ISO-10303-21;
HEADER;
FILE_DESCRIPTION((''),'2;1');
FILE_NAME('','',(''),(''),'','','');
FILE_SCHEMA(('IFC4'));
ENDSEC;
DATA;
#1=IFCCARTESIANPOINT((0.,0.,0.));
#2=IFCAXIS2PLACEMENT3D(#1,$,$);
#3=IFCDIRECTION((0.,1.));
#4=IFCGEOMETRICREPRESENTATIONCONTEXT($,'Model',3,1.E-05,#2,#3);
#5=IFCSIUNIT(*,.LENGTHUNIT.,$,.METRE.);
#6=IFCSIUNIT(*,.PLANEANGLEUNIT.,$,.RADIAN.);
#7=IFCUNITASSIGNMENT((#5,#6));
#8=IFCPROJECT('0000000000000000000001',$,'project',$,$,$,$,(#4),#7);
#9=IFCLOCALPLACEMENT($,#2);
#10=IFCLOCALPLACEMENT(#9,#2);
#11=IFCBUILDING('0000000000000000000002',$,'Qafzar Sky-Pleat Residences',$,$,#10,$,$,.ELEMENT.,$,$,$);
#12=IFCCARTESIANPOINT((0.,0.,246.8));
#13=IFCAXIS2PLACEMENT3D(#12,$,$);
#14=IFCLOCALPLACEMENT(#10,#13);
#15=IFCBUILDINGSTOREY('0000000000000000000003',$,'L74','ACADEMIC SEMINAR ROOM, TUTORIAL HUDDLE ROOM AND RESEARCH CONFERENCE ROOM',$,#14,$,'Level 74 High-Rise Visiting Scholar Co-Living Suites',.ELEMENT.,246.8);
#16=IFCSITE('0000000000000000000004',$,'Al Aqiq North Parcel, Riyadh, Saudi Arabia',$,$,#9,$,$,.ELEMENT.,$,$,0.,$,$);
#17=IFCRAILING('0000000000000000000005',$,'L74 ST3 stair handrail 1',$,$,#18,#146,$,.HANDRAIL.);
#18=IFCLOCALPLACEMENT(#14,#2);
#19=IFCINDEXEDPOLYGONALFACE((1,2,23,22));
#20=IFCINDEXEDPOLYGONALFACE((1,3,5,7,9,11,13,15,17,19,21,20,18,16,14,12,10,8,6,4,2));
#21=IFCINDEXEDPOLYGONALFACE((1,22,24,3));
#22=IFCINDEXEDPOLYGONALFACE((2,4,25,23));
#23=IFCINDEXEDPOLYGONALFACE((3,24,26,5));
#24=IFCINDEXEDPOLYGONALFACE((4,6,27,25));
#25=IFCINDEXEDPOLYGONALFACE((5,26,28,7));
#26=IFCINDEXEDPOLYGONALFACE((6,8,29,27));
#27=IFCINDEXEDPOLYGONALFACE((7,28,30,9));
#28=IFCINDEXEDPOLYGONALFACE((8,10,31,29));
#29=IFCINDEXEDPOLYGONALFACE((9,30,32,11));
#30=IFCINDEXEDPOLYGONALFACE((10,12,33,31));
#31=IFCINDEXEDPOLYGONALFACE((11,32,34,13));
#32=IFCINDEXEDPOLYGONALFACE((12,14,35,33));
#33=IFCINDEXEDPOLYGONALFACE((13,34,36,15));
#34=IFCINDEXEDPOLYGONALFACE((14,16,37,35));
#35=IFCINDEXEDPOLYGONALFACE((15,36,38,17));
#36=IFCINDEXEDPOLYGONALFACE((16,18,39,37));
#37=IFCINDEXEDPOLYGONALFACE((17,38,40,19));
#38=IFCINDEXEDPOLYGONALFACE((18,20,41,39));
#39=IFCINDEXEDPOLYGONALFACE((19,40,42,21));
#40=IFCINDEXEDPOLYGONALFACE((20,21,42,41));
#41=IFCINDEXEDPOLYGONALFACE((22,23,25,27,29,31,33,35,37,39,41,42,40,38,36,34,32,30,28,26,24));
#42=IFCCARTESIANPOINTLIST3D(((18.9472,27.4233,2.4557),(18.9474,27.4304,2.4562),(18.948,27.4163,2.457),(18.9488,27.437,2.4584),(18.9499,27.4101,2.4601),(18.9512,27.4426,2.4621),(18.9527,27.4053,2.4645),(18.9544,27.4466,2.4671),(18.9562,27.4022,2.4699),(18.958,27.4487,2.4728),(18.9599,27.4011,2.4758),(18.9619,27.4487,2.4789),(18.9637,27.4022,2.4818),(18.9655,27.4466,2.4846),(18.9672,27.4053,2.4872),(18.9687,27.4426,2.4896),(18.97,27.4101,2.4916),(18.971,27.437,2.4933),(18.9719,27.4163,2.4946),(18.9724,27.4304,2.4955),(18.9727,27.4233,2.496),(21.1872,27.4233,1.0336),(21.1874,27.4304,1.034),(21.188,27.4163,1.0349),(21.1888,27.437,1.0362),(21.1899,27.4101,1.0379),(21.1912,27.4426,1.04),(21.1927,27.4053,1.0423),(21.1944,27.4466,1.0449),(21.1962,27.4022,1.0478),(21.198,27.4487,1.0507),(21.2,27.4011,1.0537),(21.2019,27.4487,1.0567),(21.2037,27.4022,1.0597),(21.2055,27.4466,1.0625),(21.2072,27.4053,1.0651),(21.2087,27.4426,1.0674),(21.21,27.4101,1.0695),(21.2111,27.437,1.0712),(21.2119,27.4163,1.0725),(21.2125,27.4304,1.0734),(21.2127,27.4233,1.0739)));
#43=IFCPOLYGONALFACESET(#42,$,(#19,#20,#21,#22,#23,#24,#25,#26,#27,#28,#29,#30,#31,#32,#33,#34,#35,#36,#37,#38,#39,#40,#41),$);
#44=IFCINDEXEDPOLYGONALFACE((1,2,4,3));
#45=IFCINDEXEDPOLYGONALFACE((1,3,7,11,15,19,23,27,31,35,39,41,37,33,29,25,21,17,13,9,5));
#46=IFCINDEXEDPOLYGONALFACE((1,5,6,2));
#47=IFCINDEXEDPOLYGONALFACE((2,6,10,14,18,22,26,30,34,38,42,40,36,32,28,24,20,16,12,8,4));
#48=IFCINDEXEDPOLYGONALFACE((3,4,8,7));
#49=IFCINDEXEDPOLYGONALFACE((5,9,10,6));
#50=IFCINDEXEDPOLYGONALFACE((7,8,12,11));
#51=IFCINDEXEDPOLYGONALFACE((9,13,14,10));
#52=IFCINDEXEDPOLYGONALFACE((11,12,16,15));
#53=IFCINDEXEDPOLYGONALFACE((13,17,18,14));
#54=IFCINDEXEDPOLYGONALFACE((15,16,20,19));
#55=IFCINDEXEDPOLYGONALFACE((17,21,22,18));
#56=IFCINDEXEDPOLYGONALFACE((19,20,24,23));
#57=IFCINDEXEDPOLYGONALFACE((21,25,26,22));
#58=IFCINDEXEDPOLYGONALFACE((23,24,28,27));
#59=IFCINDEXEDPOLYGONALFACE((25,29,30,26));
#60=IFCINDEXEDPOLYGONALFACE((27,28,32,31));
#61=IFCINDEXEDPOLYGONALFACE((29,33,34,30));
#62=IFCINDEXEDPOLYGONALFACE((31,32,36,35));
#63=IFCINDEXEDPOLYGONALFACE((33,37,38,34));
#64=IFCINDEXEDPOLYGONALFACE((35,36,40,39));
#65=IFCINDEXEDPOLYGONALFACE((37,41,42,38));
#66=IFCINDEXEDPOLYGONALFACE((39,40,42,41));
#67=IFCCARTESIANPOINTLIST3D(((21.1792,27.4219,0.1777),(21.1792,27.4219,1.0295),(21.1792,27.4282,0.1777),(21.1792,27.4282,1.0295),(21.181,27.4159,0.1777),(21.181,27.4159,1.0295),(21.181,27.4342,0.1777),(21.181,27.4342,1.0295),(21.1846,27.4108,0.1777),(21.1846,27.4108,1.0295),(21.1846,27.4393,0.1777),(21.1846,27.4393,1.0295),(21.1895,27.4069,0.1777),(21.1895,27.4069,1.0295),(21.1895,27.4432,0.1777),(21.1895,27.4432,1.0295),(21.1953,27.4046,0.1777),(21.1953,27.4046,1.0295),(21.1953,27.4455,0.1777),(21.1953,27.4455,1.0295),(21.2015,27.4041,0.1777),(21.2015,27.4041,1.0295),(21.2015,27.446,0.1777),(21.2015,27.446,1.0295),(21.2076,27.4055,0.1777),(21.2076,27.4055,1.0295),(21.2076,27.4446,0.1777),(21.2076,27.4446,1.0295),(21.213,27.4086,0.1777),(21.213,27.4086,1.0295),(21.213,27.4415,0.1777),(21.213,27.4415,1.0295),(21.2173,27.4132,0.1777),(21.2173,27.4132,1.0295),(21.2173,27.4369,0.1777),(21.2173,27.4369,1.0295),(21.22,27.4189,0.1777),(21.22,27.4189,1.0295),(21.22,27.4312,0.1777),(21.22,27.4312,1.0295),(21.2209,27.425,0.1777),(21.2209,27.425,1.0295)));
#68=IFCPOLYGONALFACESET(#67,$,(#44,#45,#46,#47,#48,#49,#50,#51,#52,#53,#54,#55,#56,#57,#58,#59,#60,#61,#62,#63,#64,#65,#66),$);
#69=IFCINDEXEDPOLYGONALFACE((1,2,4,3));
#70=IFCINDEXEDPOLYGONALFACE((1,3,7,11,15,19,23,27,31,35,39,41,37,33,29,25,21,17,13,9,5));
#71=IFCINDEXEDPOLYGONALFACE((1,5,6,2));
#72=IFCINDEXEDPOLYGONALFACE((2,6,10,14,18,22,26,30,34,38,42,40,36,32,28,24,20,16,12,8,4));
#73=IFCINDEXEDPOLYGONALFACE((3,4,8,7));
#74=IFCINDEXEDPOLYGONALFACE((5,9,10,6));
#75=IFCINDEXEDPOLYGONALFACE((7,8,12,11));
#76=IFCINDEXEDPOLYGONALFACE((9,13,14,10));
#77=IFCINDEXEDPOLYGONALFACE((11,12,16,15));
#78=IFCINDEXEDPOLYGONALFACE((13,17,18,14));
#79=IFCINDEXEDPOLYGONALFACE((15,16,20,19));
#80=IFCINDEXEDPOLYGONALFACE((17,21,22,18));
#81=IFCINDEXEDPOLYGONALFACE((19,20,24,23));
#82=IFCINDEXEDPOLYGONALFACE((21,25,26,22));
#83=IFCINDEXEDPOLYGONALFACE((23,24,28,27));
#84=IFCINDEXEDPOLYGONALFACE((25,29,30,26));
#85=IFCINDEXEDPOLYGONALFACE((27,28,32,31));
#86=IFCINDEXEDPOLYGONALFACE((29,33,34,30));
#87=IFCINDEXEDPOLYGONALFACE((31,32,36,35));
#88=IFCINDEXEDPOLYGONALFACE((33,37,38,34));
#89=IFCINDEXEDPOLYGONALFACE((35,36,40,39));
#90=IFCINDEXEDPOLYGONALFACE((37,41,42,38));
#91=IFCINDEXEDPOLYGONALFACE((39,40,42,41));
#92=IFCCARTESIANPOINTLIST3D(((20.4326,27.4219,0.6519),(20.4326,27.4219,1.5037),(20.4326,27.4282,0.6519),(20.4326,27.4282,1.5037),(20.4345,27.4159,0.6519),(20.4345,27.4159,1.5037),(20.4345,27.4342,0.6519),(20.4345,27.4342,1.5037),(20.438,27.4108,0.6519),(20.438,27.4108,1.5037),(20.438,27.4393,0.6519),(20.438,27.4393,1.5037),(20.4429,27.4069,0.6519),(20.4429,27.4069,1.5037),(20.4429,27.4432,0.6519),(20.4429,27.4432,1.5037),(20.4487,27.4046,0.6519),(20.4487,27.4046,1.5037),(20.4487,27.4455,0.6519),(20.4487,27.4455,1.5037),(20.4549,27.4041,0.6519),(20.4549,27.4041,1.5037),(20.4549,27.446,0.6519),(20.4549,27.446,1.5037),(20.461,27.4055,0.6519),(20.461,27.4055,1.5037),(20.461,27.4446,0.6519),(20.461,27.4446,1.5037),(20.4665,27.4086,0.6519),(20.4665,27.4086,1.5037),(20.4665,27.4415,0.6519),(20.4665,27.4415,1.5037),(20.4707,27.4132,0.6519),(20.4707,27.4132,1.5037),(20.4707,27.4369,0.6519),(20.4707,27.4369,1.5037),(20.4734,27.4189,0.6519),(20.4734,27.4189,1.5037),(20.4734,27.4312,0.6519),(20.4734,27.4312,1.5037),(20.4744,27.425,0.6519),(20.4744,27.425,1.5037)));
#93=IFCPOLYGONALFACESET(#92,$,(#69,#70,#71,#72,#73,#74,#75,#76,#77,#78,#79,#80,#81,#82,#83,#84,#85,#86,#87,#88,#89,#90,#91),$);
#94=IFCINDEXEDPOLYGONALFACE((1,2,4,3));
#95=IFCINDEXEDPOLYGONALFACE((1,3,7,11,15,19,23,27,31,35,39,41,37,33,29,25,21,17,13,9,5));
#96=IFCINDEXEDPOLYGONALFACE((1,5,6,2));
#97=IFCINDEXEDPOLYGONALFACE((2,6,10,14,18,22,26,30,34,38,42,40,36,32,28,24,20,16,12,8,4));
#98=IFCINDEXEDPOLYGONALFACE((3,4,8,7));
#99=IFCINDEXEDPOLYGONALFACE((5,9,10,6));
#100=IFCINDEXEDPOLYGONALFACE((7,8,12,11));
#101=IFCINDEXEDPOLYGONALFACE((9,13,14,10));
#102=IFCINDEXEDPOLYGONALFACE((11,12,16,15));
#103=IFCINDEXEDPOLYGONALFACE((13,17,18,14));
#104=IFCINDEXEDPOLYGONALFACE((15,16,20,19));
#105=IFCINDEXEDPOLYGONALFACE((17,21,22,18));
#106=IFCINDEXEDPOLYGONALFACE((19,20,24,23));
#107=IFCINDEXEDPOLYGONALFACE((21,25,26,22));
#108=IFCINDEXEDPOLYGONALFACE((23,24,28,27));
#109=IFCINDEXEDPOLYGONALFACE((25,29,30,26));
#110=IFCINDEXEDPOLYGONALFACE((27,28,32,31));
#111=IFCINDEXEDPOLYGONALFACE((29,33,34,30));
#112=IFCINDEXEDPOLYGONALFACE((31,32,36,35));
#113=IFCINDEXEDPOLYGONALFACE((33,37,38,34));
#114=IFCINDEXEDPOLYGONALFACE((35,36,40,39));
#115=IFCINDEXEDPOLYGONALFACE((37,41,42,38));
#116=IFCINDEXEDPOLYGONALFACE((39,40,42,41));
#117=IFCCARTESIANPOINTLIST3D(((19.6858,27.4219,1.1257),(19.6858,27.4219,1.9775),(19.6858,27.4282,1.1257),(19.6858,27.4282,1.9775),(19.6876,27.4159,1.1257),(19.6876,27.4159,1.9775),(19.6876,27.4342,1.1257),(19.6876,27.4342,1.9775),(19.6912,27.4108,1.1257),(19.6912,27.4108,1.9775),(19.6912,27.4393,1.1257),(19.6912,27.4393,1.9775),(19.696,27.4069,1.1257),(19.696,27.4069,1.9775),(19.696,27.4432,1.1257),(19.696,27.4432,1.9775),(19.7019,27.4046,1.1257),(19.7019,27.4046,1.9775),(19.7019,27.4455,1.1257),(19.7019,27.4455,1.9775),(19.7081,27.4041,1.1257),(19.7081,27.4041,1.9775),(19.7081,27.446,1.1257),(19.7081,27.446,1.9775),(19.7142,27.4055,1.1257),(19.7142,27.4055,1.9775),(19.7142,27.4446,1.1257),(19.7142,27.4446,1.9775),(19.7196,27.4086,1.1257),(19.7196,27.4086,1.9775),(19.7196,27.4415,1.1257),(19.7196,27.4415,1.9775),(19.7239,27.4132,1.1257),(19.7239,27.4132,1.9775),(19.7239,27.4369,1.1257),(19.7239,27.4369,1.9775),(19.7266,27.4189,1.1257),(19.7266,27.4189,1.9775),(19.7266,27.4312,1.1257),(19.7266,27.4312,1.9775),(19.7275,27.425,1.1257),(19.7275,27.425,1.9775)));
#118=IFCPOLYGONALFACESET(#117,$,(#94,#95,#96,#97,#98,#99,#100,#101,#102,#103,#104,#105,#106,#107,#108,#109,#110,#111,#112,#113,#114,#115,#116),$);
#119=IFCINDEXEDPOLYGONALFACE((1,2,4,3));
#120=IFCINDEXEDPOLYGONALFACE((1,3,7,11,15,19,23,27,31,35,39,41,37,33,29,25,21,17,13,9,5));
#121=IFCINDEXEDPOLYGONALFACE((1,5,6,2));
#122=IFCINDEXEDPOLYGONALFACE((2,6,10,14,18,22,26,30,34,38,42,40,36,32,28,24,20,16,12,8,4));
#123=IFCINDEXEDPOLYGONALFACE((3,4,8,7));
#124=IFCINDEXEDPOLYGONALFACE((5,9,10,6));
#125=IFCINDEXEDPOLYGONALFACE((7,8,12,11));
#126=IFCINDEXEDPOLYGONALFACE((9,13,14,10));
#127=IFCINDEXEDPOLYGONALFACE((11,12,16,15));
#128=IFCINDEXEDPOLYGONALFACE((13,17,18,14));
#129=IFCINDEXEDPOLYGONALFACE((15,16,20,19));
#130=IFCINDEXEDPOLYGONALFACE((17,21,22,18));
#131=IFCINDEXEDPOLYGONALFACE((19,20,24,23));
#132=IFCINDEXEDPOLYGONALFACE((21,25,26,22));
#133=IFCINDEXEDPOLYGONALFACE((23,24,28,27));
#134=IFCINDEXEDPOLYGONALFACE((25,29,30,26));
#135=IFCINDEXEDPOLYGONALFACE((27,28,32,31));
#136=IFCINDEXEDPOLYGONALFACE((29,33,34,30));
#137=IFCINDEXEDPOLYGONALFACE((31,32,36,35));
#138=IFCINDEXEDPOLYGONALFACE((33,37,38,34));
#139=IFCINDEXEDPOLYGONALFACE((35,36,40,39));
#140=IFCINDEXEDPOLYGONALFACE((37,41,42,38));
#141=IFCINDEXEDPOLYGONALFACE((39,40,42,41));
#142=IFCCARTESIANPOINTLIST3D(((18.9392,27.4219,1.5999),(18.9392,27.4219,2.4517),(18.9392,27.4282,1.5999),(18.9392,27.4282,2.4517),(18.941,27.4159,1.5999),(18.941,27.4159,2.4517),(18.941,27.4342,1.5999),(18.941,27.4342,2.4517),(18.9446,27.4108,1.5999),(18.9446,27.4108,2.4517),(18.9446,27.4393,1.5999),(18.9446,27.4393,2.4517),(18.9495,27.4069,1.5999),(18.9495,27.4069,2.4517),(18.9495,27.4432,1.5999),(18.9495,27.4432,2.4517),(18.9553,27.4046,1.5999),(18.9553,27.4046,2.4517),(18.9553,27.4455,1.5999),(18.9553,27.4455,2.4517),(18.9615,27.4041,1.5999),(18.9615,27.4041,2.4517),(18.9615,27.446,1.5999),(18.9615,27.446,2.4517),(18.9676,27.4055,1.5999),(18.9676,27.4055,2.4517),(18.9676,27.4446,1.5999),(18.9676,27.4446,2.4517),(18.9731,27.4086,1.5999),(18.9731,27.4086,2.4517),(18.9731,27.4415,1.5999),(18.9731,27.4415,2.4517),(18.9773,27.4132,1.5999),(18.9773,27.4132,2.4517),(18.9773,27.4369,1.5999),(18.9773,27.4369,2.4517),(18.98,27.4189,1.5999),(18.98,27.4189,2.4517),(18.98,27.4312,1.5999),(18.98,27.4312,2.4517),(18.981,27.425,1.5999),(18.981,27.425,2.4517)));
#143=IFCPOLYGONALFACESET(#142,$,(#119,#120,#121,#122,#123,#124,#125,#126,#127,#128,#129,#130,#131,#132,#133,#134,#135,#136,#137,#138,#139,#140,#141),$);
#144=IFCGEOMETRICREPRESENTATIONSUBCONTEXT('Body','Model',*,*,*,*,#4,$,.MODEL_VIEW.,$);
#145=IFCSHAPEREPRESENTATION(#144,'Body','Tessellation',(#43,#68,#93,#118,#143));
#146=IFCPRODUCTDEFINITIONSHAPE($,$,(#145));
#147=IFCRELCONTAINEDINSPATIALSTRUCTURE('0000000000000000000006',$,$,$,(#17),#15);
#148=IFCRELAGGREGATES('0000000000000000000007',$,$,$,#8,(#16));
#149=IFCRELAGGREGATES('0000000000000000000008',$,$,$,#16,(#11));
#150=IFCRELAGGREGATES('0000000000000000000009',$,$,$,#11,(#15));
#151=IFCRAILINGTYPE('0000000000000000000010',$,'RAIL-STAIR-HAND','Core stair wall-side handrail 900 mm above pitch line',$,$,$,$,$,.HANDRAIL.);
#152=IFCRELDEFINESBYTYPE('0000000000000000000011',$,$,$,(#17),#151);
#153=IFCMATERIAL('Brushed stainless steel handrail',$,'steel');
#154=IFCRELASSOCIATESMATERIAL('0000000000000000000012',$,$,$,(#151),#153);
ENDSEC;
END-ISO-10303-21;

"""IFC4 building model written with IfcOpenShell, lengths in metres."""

from ifc_helpers import new_model, si_unit, direction, frame, origin, origin_2d, place, context, subcontext, project, spatial, circle, extrude, source, transform, mapped, material, type_object, element, save


model = new_model("IFC4")

# Units and contexts
model_context = context("Model", 3, precision=1e-05, world=origin(), true_north=direction((0.0, 1.0)))
body_context = subcontext(model_context, "Body", "Model", "MODEL_VIEW")
ifc_project = project(units=[si_unit("LENGTHUNIT", "METRE"), si_unit("PLANEANGLEUNIT", "RADIAN")], contexts=[model_context])

# Site, building, storey
site_placement = place(None, origin())
site = spatial("IfcSite", under=ifc_project, at=site_placement, Name="Al Aqiq North Parcel, Riyadh, Saudi Arabia", CompositionType="ELEMENT", RefElevation=0.0)
building_placement = place(site_placement, origin())
building = spatial("IfcBuilding", under=site, at=building_placement, Name="Qafzar Sky-Pleat Residences", CompositionType="ELEMENT")
storey_placement = place(building_placement, frame((0.0, 0.0, 246.8)))
storey = spatial("IfcBuildingStorey", under=building, at=storey_placement, Name="L74", Description="ACADEMIC SEMINAR ROOM, TUTORIAL HUDDLE ROOM AND RESEARCH CONFERENCE ROOM", LongName="Level 74 High-Rise Visiting Scholar Co-Living Suites", CompositionType="ELEMENT", Elevation=246.8)

# Railing
ifc_material_1 = material(Name="Brushed stainless steel handrail", Category="steel")
railing_type_1 = type_object("IfcRailingType", Name="RAIL-STAIR-HAND", Description="Core stair wall-side handrail 900 mm above pitch line", PredefinedType="HANDRAIL", material=ifc_material_1)
shared_shape_1 = source(origin(), body_context, "Body", "SweptSolid", [
    extrude(circle(Radius=0.0239, at=origin_2d()), frame((0.0, 0.0, 0.876), z_axis=(-0.844229, 0.0, 0.535982), x_axis=(0.0, -1.0, 0.0)), (0.0, 0.0, 1.0), 2.6533),
    extrude(circle(Radius=0.021, at=origin_2d()), origin(), (0.0, 0.0, 1.0), 0.8518),
    extrude(circle(Radius=0.021, at=origin_2d()), frame((-0.7466, 0.0, 0.4741)), (0.0, 0.0, 1.0), 0.8518),
    extrude(circle(Radius=0.021, at=origin_2d()), frame((-1.4934, 0.0, 0.948)), (0.0, 0.0, 1.0), 0.8518),
    extrude(circle(Radius=0.021, at=origin_2d()), frame((-2.24, 0.0, 1.4221)), (0.0, 0.0, 1.0), 0.8518),
])
railing_1_placement = place(storey_placement, frame((21.2, 27.425, 0.1777)))
element("IfcRailing", 1, at=railing_1_placement, inside=storey, type_object=railing_type_1, Name="L74 ST3 stair handrail 1", PredefinedType="HANDRAIL", context=body_context, shape_type="MappedRepresentation", body=[
    mapped(shared_shape_1, transform((0.0, 0.0, 0.0), x_axis=(1.0, 0.0, 0.0), y_axis=(0.0, 1.0, 0.0), z_axis=(0.0, 0.0, 1.0), scale=1.0)),
])

save(model, "model.ifc")
